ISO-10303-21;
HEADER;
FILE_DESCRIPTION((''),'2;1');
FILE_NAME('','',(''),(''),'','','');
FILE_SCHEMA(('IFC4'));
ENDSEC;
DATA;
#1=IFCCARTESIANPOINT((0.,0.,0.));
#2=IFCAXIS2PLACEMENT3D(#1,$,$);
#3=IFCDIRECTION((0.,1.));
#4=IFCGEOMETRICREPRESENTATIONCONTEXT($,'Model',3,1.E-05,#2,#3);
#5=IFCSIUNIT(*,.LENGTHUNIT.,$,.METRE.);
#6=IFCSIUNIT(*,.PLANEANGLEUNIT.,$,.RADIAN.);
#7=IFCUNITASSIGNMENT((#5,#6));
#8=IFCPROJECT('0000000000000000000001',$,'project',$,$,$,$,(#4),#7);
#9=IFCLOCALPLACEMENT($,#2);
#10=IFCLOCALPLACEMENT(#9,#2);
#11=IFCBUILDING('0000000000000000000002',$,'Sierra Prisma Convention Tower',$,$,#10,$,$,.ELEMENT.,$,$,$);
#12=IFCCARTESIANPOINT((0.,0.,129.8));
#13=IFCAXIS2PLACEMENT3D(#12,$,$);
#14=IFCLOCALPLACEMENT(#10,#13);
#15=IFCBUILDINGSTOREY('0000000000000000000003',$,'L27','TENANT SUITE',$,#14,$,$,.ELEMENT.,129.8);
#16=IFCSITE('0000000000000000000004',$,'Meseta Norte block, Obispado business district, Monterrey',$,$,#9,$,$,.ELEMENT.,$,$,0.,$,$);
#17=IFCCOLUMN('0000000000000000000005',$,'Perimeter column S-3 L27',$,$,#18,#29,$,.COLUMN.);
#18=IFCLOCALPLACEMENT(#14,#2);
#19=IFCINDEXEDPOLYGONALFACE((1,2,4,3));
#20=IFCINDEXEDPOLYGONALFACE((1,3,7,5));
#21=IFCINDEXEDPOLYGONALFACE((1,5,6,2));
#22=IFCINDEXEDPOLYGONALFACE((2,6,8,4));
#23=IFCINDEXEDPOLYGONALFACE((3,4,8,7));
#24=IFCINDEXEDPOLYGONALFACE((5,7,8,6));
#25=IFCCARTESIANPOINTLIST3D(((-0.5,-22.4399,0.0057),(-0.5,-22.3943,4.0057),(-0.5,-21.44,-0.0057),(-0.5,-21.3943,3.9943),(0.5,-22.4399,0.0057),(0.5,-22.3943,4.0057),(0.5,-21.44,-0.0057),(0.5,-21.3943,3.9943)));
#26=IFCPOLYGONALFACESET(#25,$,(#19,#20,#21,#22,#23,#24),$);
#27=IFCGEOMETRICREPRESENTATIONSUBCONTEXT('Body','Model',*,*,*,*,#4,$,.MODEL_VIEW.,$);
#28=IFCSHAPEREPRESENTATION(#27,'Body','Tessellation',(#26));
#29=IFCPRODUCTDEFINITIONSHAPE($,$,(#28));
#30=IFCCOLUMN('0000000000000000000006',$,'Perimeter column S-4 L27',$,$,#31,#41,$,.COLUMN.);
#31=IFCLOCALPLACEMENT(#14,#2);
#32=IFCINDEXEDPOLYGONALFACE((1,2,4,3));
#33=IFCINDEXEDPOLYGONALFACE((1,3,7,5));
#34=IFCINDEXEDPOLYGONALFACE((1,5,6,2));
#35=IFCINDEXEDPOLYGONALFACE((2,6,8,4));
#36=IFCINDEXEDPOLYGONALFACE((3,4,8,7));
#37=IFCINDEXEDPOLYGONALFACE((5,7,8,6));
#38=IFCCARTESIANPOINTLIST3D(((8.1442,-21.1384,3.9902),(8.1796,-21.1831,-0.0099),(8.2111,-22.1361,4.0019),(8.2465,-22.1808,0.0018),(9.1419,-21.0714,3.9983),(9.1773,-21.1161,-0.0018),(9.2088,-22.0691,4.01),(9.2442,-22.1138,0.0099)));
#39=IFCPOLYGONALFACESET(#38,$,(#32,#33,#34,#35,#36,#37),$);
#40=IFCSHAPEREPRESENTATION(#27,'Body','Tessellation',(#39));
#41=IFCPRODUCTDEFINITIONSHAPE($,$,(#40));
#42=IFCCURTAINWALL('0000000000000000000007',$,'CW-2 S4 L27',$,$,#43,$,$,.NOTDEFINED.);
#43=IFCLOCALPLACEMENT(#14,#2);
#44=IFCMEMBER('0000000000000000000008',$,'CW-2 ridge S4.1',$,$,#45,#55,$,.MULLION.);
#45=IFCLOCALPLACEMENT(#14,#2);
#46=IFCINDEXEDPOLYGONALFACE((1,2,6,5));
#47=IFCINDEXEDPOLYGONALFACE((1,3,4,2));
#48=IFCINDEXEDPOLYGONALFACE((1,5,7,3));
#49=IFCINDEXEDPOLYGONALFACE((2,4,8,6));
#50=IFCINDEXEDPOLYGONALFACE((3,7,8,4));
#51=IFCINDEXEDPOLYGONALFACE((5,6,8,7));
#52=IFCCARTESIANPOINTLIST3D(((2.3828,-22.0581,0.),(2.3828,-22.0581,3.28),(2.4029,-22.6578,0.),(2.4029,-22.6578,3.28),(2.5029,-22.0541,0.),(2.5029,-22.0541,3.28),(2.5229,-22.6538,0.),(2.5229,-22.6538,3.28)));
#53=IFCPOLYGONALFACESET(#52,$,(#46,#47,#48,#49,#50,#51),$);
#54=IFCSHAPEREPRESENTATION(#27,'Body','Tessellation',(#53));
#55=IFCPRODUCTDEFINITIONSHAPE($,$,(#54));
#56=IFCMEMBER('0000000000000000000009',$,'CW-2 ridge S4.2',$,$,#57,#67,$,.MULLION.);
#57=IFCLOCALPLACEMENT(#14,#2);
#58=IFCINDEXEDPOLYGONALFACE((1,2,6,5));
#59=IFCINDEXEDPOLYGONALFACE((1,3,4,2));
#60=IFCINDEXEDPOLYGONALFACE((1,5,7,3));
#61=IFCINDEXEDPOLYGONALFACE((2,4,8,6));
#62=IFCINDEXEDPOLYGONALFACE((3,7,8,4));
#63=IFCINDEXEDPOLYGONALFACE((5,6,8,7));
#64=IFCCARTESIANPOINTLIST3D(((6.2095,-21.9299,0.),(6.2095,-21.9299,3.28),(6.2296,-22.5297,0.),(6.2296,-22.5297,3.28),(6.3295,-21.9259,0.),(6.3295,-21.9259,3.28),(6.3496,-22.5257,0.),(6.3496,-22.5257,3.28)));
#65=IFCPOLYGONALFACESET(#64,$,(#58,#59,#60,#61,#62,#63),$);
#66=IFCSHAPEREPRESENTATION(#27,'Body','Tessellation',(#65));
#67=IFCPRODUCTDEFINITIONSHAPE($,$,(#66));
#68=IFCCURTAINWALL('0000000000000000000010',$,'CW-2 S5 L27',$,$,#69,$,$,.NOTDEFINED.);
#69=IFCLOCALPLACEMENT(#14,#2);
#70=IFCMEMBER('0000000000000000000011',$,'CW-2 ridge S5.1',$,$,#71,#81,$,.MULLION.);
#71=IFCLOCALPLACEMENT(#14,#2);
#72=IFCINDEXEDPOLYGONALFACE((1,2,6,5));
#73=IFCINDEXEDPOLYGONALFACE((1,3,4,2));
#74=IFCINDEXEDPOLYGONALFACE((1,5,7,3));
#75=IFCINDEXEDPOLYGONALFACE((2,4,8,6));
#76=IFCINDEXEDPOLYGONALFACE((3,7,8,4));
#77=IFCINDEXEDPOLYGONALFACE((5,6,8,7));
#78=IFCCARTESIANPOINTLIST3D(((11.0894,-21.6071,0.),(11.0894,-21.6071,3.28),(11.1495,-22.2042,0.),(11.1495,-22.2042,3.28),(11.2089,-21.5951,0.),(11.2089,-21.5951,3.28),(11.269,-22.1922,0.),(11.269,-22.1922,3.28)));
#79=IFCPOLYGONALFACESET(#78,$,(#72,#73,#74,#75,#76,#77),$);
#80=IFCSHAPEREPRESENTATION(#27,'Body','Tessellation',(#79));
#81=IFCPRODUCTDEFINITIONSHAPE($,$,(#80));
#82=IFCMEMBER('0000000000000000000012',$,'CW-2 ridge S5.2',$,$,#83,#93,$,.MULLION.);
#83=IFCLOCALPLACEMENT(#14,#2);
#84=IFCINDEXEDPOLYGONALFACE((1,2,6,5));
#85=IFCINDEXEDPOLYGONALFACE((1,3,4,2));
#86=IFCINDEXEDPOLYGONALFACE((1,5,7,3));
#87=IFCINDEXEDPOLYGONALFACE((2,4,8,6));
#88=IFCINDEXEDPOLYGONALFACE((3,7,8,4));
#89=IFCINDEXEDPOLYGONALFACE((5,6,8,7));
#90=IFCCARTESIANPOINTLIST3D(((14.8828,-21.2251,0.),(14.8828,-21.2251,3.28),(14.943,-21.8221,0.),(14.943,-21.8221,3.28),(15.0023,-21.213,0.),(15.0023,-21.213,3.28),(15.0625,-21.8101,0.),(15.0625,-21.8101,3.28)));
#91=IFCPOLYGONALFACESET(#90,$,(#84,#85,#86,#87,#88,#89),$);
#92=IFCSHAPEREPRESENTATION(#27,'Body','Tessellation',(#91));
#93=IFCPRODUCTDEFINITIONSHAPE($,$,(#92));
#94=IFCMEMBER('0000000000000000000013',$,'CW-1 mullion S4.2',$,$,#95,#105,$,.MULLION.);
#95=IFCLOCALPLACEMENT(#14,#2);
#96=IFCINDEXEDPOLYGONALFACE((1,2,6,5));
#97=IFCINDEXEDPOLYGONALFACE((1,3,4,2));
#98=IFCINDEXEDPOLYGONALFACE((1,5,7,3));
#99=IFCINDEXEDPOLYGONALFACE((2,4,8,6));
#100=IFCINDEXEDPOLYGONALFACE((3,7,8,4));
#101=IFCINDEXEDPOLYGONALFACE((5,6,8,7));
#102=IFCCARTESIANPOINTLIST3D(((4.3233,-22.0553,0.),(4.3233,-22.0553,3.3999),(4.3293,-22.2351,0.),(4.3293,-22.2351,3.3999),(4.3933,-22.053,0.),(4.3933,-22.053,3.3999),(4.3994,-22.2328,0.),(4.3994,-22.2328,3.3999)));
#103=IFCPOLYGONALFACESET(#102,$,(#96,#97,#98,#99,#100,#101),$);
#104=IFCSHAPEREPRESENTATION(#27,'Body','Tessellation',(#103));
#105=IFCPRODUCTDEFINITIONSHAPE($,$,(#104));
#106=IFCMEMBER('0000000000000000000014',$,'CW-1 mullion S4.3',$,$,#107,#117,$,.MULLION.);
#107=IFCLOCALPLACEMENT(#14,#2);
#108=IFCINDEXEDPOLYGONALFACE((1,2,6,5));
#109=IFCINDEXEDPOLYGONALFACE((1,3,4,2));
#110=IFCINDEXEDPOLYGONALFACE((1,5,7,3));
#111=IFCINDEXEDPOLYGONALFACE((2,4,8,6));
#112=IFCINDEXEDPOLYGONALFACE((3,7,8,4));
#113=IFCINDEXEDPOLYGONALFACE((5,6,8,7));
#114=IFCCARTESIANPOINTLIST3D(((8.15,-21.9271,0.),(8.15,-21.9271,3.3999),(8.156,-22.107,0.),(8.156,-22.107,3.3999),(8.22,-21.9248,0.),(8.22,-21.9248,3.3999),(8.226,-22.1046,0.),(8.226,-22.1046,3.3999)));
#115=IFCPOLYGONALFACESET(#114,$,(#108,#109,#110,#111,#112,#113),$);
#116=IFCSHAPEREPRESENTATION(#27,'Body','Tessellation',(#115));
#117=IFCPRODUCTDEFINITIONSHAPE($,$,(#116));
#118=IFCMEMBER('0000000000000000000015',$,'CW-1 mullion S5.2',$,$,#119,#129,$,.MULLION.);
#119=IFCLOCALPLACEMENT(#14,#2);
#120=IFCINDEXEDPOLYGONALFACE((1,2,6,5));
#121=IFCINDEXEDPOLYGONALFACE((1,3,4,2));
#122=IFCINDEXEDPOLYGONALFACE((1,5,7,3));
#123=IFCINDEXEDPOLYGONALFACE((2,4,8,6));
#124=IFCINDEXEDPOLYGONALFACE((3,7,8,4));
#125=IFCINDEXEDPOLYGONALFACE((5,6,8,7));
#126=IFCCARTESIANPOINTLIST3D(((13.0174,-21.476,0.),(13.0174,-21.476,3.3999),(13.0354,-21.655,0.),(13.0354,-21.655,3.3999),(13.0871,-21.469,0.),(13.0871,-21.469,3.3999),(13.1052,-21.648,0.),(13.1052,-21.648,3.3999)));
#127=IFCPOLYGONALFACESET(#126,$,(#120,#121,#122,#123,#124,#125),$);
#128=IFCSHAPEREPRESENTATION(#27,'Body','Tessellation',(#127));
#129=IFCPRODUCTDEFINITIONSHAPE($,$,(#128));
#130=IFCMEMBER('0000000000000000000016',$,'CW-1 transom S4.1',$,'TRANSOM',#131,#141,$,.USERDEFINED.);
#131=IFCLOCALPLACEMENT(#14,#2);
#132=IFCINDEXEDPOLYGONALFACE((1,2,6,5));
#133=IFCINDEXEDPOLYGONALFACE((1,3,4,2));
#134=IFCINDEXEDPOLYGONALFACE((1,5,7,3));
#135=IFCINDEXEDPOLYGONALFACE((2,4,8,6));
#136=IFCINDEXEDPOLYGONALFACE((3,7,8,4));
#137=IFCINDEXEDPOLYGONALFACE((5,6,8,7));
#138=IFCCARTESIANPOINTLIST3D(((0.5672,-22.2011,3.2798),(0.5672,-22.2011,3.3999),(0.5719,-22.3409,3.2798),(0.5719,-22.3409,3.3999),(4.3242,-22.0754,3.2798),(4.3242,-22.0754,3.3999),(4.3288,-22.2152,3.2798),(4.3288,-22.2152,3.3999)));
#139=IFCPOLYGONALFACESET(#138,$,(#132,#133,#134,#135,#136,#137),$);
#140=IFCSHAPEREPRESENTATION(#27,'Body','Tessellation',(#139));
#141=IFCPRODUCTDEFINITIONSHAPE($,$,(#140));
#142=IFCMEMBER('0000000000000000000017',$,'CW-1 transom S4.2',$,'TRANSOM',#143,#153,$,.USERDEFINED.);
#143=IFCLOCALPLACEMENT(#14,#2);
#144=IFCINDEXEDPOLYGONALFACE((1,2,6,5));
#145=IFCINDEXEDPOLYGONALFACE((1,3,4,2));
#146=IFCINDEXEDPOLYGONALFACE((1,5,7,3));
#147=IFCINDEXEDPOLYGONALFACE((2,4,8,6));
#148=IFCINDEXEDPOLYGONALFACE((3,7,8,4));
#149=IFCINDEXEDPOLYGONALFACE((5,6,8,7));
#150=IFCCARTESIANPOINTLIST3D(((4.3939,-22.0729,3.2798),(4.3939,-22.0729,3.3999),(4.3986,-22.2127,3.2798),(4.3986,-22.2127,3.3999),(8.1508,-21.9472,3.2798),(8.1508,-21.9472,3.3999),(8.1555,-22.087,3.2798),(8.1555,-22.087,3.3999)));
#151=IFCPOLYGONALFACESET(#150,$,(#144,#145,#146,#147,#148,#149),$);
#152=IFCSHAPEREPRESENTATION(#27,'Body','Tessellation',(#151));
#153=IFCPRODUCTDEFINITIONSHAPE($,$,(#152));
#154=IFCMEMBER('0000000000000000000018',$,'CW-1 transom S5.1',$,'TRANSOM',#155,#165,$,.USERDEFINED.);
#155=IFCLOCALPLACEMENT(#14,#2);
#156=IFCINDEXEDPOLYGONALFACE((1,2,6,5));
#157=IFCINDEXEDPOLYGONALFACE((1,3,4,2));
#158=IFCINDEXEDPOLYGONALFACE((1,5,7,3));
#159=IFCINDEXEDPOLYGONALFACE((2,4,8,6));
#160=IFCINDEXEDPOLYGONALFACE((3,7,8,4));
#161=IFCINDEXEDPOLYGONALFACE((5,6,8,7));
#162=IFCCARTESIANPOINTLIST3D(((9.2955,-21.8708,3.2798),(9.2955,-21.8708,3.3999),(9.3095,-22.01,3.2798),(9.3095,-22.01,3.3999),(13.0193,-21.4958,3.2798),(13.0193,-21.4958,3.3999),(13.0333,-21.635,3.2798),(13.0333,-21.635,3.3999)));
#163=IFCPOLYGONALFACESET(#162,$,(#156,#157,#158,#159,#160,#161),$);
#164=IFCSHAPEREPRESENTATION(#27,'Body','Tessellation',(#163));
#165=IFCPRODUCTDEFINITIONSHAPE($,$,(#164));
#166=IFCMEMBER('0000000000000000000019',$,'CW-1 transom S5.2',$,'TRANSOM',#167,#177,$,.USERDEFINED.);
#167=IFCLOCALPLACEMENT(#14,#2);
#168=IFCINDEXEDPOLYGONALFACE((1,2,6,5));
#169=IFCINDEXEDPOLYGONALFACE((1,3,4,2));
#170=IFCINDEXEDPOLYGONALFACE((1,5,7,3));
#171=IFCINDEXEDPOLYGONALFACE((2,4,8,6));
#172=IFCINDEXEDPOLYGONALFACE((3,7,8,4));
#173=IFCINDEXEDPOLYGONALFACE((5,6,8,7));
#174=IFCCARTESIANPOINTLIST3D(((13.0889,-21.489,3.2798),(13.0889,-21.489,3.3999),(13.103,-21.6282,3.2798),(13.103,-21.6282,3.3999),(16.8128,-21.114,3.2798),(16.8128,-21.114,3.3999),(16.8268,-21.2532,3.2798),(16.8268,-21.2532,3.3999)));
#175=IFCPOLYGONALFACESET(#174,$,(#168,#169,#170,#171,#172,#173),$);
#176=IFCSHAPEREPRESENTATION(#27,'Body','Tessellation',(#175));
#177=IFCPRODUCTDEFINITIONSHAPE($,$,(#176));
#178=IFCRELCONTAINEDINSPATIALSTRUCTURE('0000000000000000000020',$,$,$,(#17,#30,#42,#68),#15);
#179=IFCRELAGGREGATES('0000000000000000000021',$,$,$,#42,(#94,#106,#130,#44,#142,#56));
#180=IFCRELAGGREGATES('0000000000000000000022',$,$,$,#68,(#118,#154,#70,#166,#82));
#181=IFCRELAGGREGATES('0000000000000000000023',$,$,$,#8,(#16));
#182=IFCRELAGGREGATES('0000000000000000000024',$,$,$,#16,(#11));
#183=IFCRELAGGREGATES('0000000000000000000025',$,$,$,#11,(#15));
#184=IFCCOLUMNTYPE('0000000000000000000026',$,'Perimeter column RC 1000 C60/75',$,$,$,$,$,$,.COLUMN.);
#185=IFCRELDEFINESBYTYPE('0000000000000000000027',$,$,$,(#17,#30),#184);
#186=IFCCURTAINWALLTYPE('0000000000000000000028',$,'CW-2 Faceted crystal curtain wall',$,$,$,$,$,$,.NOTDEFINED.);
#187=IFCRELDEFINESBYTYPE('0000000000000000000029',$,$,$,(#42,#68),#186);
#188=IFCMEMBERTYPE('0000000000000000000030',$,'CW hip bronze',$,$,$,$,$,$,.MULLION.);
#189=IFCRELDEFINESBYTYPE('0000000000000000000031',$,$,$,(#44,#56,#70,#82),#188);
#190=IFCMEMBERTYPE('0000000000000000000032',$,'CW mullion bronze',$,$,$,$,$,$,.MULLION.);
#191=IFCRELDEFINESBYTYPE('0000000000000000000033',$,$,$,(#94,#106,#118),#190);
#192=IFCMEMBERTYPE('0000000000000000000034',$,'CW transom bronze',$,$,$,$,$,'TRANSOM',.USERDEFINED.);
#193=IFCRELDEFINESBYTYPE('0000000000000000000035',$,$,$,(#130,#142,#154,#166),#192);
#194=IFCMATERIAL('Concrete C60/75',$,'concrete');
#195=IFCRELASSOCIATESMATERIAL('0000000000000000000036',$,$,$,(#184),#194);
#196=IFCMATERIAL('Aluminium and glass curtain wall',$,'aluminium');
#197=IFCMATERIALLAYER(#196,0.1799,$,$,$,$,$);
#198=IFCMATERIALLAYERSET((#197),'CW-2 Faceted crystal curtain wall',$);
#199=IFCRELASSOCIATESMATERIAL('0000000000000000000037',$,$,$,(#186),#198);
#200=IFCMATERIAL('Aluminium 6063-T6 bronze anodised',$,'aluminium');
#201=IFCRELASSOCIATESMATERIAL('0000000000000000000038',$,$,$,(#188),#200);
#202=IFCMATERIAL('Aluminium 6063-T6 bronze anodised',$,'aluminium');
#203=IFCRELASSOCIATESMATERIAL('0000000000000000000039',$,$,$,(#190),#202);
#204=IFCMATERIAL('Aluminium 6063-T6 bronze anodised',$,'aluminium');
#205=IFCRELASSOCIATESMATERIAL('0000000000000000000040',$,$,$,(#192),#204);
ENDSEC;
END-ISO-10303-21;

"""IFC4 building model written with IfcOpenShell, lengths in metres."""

from ifc_helpers import new_model, si_unit, direction, frame, origin, origin_2d, place, context, subcontext, project, spatial, rectangle, extrude, material, layer, layer_set, material_profile, profile_set, type_object, element, aggregate, save


model = new_model("IFC4")

# Units and contexts
model_context = context("Model", 3, precision=1e-05, world=origin(), true_north=direction((0.0, 1.0)))
body_context = subcontext(model_context, "Body", "Model", "MODEL_VIEW")
ifc_project = project(units=[si_unit("LENGTHUNIT", "METRE"), si_unit("PLANEANGLEUNIT", "RADIAN")], contexts=[model_context])

# Site, building, storey
site_placement = place(None, origin())
site = spatial("IfcSite", under=ifc_project, at=site_placement, Name="Meseta Norte block, Obispado business district, Monterrey", CompositionType="ELEMENT", RefElevation=0.0)
building_placement = place(site_placement, origin())
building = spatial("IfcBuilding", under=site, at=building_placement, Name="Sierra Prisma Convention Tower", CompositionType="ELEMENT")
storey_placement = place(building_placement, frame((0.0, 0.0, 129.8)))
storey = spatial("IfcBuildingStorey", under=building, at=storey_placement, Name="L27", Description="TENANT SUITE", CompositionType="ELEMENT", Elevation=129.8)

# Columns
ifc_material_1 = material(Name="Concrete C60/75", Category="concrete")
ifc_material_profile_1 = material_profile(ifc_material_1, rectangle(XDim=1.0, YDim=1.0, at=origin_2d()), Name="Perimeter column RC 1000 C60/75")
ifc_profile_set_1 = profile_set([ifc_material_profile_1], Name="Concrete C60/75")
column_type = type_object("IfcColumnType", Name="Perimeter column RC 1000 C60/75", PredefinedType="COLUMN", material=ifc_profile_set_1)
column_1_placement = place(storey_placement, frame((0.0, -21.9399, 0.0), z_axis=(0.0, 0.011413, 0.999935), x_axis=(1.0, 0.0, 0.0)))
element("IfcColumn", 1, at=column_1_placement, inside=storey, type_object=column_type, Name="Perimeter column S-3 L27", PredefinedType="COLUMN", context=body_context, shape_type="SweptSolid", body=[
    extrude(rectangle(XDim=1.0, YDim=1.0, at=origin_2d()), origin(), (0.0, 0.0, 1.0), 4.0002),
])
column_2_placement = place(storey_placement, frame((8.7119, -21.6484, 0.0), z_axis=(-0.008849, 0.011168, 0.999898), x_axis=(0.997723, 0.066955, 0.008082)))
element("IfcColumn", 2, at=column_2_placement, inside=storey, type_object=column_type, Name="Perimeter column S-4 L27", PredefinedType="COLUMN", context=body_context, shape_type="SweptSolid", body=[
    extrude(rectangle(XDim=1.0, YDim=1.0, at=origin_2d()), origin(), (0.0, 0.0, 1.0), 4.0005),
])

# Curtain walls, members
ifc_material_2 = material(Name="Aluminium and glass curtain wall", Category="aluminium")
ifc_layer_1 = layer(ifc_material_2, 0.1799)
ifc_layer_set_1 = layer_set([ifc_layer_1], Name="CW-2 Faceted crystal curtain wall")
curtain_wall_type = type_object("IfcCurtainWallType", Name="CW-2 Faceted crystal curtain wall", PredefinedType="NOTDEFINED", material=ifc_layer_set_1)
curtain_wall_1_placement = place(storey_placement, origin())
curtain_wall_1 = element("IfcCurtainWall", 3, at=curtain_wall_1_placement, inside=storey, type_object=curtain_wall_type, Name="CW-2 S4 L27", PredefinedType="NOTDEFINED")
ifc_material_3 = material(Name="Aluminium 6063-T6 bronze anodised", Category="aluminium")
ifc_material_profile_2 = material_profile(ifc_material_3, rectangle(XDim=0.1201, YDim=0.6001, at=origin_2d()), Name="ALU RIDGE BLADE 120x600")
ifc_profile_set_2 = profile_set([ifc_material_profile_2], Name="Aluminium 6063-T6 bronze anodised")
member_type_1 = type_object("IfcMemberType", Name="CW hip bronze", PredefinedType="MULLION", material=ifc_profile_set_2)
member_1_placement = place(storey_placement, frame((2.4529, -22.356, 0.0), z_axis=(0.0, 0.0, 1.0), x_axis=(0.99944, 0.033449, 0.0)))
member_1 = element("IfcMember", 4, at=member_1_placement, type_object=member_type_1, Name="CW-2 ridge S4.1", PredefinedType="MULLION", context=body_context, shape_type="SweptSolid", body=[
    extrude(rectangle(XDim=0.1201, YDim=0.6001, at=origin_2d()), origin(), (0.0, 0.0, 1.0), 3.28),
])
member_2_placement = place(storey_placement, frame((6.2795, -22.2278, 0.0), z_axis=(0.0, 0.0, 1.0), x_axis=(0.99944, 0.033449, 0.0)))
member_2 = element("IfcMember", 5, at=member_2_placement, type_object=member_type_1, Name="CW-2 ridge S4.2", PredefinedType="MULLION", context=body_context, shape_type="SweptSolid", body=[
    extrude(rectangle(XDim=0.1201, YDim=0.6001, at=origin_2d()), origin(), (0.0, 0.0, 1.0), 3.28),
])
curtain_wall_2_placement = place(storey_placement, origin())
curtain_wall_2 = element("IfcCurtainWall", 6, at=curtain_wall_2_placement, inside=storey, type_object=curtain_wall_type, Name="CW-2 S5 L27", PredefinedType="NOTDEFINED")
member_3_placement = place(storey_placement, frame((11.1792, -21.8997, 0.0), z_axis=(0.0, 0.0, 1.0), x_axis=(0.994967, 0.100198, 0.0)))
member_3 = element("IfcMember", 7, at=member_3_placement, type_object=member_type_1, Name="CW-2 ridge S5.1", PredefinedType="MULLION", context=body_context, shape_type="SweptSolid", body=[
    extrude(rectangle(XDim=0.1201, YDim=0.6001, at=origin_2d()), origin(), (0.0, 0.0, 1.0), 3.28),
])
member_4_placement = place(storey_placement, frame((14.9727, -21.5176, 0.0), z_axis=(0.0, 0.0, 1.0), x_axis=(0.994967, 0.100198, 0.0)))
member_4 = element("IfcMember", 8, at=member_4_placement, type_object=member_type_1, Name="CW-2 ridge S5.2", PredefinedType="MULLION", context=body_context, shape_type="SweptSolid", body=[
    extrude(rectangle(XDim=0.1201, YDim=0.6001, at=origin_2d()), origin(), (0.0, 0.0, 1.0), 3.28),
])

# Members
ifc_material_4 = material(Name="Aluminium 6063-T6 bronze anodised", Category="aluminium")
ifc_material_profile_3 = material_profile(ifc_material_4, rectangle(XDim=0.1799, YDim=0.0701, at=origin_2d()), Name="ALU MULLION 70x180")
ifc_profile_set_3 = profile_set([ifc_material_profile_3], Name="Aluminium 6063-T6 bronze anodised")
member_type_2 = type_object("IfcMemberType", Name="CW mullion bronze", PredefinedType="MULLION", material=ifc_profile_set_3)
member_5_placement = place(storey_placement, frame((4.3613, -22.144, 0.0), z_axis=(0.0, 0.0, 1.0), x_axis=(-0.033449, 0.99944, 0.0)))
member_5 = element("IfcMember", 9, at=member_5_placement, type_object=member_type_2, Name="CW-1 mullion S4.2", PredefinedType="MULLION", context=body_context, shape_type="SweptSolid", body=[
    extrude(rectangle(XDim=0.1799, YDim=0.0701, at=origin_2d()), origin(), (0.0, 0.0, 1.0), 3.3999),
])
member_6_placement = place(storey_placement, frame((8.188, -22.0159, 0.0), z_axis=(0.0, 0.0, 1.0), x_axis=(-0.033449, 0.99944, 0.0)))
member_6 = element("IfcMember", 10, at=member_6_placement, type_object=member_type_2, Name="CW-1 mullion S4.3", PredefinedType="MULLION", context=body_context, shape_type="SweptSolid", body=[
    extrude(rectangle(XDim=0.1799, YDim=0.0701, at=origin_2d()), origin(), (0.0, 0.0, 1.0), 3.3999),
])
member_7_placement = place(storey_placement, frame((13.0613, -21.562, 0.0), z_axis=(0.0, 0.0, 1.0), x_axis=(-0.100198, 0.994967, 0.0)))
member_7 = element("IfcMember", 11, at=member_7_placement, type_object=member_type_2, Name="CW-1 mullion S5.2", PredefinedType="MULLION", context=body_context, shape_type="SweptSolid", body=[
    extrude(rectangle(XDim=0.1799, YDim=0.0701, at=origin_2d()), origin(), (0.0, 0.0, 1.0), 3.3999),
])
ifc_material_5 = material(Name="Aluminium 6063-T6 bronze anodised", Category="aluminium")
ifc_material_profile_4 = material_profile(ifc_material_5, rectangle(XDim=0.1399, YDim=0.1201, at=origin_2d()), Name="ALU TRANSOM 120x140")
ifc_profile_set_4 = profile_set([ifc_material_profile_4], Name="Aluminium 6063-T6 bronze anodised")
member_type_3 = type_object("IfcMemberType", Name="CW transom bronze", ElementType="TRANSOM", PredefinedType="USERDEFINED", material=ifc_profile_set_4)
member_8_placement = place(storey_placement, frame((0.5696, -22.271, 3.3398), z_axis=(0.99944, 0.033449, 0.0), x_axis=(-0.033449, 0.99944, 0.0)))
member_8 = element("IfcMember", 12, at=member_8_placement, type_object=member_type_3, Name="CW-1 transom S4.1", ObjectType="TRANSOM", PredefinedType="USERDEFINED", context=body_context, shape_type="SweptSolid", body=[
    extrude(rectangle(XDim=0.1399, YDim=0.1201, at=origin_2d()), origin(), (0.0, 0.0, 1.0), 3.759),
])
member_9_placement = place(storey_placement, frame((4.3962, -22.1428, 3.3398), z_axis=(0.99944, 0.033449, 0.0), x_axis=(-0.033449, 0.99944, 0.0)))
member_9 = element("IfcMember", 13, at=member_9_placement, type_object=member_type_3, Name="CW-1 transom S4.2", ObjectType="TRANSOM", PredefinedType="USERDEFINED", context=body_context, shape_type="SweptSolid", body=[
    extrude(rectangle(XDim=0.1399, YDim=0.1201, at=origin_2d()), origin(), (0.0, 0.0, 1.0), 3.759),
])
member_10_placement = place(storey_placement, frame((9.3025, -21.9404, 3.3398), z_axis=(0.994968, 0.100195, 0.0), x_axis=(-0.100195, 0.994968, 0.0)))
member_10 = element("IfcMember", 14, at=member_10_placement, type_object=member_type_3, Name="CW-1 transom S5.1", ObjectType="TRANSOM", PredefinedType="USERDEFINED", context=body_context, shape_type="SweptSolid", body=[
    extrude(rectangle(XDim=0.1399, YDim=0.1201, at=origin_2d()), origin(), (0.0, 0.0, 1.0), 3.7427),
])
member_11_placement = place(storey_placement, frame((13.0959, -21.5586, 3.3398), z_axis=(0.994968, 0.100195, 0.0), x_axis=(-0.100195, 0.994968, 0.0)))
member_11 = element("IfcMember", 15, at=member_11_placement, type_object=member_type_3, Name="CW-1 transom S5.2", ObjectType="TRANSOM", PredefinedType="USERDEFINED", context=body_context, shape_type="SweptSolid", body=[
    extrude(rectangle(XDim=0.1399, YDim=0.1201, at=origin_2d()), origin(), (0.0, 0.0, 1.0), 3.7427),
])

aggregate(curtain_wall_1, [member_5, member_6, member_8, member_1, member_9, member_2])
aggregate(curtain_wall_2, [member_7, member_10, member_3, member_11, member_4])

save(model, "model.ifc")
